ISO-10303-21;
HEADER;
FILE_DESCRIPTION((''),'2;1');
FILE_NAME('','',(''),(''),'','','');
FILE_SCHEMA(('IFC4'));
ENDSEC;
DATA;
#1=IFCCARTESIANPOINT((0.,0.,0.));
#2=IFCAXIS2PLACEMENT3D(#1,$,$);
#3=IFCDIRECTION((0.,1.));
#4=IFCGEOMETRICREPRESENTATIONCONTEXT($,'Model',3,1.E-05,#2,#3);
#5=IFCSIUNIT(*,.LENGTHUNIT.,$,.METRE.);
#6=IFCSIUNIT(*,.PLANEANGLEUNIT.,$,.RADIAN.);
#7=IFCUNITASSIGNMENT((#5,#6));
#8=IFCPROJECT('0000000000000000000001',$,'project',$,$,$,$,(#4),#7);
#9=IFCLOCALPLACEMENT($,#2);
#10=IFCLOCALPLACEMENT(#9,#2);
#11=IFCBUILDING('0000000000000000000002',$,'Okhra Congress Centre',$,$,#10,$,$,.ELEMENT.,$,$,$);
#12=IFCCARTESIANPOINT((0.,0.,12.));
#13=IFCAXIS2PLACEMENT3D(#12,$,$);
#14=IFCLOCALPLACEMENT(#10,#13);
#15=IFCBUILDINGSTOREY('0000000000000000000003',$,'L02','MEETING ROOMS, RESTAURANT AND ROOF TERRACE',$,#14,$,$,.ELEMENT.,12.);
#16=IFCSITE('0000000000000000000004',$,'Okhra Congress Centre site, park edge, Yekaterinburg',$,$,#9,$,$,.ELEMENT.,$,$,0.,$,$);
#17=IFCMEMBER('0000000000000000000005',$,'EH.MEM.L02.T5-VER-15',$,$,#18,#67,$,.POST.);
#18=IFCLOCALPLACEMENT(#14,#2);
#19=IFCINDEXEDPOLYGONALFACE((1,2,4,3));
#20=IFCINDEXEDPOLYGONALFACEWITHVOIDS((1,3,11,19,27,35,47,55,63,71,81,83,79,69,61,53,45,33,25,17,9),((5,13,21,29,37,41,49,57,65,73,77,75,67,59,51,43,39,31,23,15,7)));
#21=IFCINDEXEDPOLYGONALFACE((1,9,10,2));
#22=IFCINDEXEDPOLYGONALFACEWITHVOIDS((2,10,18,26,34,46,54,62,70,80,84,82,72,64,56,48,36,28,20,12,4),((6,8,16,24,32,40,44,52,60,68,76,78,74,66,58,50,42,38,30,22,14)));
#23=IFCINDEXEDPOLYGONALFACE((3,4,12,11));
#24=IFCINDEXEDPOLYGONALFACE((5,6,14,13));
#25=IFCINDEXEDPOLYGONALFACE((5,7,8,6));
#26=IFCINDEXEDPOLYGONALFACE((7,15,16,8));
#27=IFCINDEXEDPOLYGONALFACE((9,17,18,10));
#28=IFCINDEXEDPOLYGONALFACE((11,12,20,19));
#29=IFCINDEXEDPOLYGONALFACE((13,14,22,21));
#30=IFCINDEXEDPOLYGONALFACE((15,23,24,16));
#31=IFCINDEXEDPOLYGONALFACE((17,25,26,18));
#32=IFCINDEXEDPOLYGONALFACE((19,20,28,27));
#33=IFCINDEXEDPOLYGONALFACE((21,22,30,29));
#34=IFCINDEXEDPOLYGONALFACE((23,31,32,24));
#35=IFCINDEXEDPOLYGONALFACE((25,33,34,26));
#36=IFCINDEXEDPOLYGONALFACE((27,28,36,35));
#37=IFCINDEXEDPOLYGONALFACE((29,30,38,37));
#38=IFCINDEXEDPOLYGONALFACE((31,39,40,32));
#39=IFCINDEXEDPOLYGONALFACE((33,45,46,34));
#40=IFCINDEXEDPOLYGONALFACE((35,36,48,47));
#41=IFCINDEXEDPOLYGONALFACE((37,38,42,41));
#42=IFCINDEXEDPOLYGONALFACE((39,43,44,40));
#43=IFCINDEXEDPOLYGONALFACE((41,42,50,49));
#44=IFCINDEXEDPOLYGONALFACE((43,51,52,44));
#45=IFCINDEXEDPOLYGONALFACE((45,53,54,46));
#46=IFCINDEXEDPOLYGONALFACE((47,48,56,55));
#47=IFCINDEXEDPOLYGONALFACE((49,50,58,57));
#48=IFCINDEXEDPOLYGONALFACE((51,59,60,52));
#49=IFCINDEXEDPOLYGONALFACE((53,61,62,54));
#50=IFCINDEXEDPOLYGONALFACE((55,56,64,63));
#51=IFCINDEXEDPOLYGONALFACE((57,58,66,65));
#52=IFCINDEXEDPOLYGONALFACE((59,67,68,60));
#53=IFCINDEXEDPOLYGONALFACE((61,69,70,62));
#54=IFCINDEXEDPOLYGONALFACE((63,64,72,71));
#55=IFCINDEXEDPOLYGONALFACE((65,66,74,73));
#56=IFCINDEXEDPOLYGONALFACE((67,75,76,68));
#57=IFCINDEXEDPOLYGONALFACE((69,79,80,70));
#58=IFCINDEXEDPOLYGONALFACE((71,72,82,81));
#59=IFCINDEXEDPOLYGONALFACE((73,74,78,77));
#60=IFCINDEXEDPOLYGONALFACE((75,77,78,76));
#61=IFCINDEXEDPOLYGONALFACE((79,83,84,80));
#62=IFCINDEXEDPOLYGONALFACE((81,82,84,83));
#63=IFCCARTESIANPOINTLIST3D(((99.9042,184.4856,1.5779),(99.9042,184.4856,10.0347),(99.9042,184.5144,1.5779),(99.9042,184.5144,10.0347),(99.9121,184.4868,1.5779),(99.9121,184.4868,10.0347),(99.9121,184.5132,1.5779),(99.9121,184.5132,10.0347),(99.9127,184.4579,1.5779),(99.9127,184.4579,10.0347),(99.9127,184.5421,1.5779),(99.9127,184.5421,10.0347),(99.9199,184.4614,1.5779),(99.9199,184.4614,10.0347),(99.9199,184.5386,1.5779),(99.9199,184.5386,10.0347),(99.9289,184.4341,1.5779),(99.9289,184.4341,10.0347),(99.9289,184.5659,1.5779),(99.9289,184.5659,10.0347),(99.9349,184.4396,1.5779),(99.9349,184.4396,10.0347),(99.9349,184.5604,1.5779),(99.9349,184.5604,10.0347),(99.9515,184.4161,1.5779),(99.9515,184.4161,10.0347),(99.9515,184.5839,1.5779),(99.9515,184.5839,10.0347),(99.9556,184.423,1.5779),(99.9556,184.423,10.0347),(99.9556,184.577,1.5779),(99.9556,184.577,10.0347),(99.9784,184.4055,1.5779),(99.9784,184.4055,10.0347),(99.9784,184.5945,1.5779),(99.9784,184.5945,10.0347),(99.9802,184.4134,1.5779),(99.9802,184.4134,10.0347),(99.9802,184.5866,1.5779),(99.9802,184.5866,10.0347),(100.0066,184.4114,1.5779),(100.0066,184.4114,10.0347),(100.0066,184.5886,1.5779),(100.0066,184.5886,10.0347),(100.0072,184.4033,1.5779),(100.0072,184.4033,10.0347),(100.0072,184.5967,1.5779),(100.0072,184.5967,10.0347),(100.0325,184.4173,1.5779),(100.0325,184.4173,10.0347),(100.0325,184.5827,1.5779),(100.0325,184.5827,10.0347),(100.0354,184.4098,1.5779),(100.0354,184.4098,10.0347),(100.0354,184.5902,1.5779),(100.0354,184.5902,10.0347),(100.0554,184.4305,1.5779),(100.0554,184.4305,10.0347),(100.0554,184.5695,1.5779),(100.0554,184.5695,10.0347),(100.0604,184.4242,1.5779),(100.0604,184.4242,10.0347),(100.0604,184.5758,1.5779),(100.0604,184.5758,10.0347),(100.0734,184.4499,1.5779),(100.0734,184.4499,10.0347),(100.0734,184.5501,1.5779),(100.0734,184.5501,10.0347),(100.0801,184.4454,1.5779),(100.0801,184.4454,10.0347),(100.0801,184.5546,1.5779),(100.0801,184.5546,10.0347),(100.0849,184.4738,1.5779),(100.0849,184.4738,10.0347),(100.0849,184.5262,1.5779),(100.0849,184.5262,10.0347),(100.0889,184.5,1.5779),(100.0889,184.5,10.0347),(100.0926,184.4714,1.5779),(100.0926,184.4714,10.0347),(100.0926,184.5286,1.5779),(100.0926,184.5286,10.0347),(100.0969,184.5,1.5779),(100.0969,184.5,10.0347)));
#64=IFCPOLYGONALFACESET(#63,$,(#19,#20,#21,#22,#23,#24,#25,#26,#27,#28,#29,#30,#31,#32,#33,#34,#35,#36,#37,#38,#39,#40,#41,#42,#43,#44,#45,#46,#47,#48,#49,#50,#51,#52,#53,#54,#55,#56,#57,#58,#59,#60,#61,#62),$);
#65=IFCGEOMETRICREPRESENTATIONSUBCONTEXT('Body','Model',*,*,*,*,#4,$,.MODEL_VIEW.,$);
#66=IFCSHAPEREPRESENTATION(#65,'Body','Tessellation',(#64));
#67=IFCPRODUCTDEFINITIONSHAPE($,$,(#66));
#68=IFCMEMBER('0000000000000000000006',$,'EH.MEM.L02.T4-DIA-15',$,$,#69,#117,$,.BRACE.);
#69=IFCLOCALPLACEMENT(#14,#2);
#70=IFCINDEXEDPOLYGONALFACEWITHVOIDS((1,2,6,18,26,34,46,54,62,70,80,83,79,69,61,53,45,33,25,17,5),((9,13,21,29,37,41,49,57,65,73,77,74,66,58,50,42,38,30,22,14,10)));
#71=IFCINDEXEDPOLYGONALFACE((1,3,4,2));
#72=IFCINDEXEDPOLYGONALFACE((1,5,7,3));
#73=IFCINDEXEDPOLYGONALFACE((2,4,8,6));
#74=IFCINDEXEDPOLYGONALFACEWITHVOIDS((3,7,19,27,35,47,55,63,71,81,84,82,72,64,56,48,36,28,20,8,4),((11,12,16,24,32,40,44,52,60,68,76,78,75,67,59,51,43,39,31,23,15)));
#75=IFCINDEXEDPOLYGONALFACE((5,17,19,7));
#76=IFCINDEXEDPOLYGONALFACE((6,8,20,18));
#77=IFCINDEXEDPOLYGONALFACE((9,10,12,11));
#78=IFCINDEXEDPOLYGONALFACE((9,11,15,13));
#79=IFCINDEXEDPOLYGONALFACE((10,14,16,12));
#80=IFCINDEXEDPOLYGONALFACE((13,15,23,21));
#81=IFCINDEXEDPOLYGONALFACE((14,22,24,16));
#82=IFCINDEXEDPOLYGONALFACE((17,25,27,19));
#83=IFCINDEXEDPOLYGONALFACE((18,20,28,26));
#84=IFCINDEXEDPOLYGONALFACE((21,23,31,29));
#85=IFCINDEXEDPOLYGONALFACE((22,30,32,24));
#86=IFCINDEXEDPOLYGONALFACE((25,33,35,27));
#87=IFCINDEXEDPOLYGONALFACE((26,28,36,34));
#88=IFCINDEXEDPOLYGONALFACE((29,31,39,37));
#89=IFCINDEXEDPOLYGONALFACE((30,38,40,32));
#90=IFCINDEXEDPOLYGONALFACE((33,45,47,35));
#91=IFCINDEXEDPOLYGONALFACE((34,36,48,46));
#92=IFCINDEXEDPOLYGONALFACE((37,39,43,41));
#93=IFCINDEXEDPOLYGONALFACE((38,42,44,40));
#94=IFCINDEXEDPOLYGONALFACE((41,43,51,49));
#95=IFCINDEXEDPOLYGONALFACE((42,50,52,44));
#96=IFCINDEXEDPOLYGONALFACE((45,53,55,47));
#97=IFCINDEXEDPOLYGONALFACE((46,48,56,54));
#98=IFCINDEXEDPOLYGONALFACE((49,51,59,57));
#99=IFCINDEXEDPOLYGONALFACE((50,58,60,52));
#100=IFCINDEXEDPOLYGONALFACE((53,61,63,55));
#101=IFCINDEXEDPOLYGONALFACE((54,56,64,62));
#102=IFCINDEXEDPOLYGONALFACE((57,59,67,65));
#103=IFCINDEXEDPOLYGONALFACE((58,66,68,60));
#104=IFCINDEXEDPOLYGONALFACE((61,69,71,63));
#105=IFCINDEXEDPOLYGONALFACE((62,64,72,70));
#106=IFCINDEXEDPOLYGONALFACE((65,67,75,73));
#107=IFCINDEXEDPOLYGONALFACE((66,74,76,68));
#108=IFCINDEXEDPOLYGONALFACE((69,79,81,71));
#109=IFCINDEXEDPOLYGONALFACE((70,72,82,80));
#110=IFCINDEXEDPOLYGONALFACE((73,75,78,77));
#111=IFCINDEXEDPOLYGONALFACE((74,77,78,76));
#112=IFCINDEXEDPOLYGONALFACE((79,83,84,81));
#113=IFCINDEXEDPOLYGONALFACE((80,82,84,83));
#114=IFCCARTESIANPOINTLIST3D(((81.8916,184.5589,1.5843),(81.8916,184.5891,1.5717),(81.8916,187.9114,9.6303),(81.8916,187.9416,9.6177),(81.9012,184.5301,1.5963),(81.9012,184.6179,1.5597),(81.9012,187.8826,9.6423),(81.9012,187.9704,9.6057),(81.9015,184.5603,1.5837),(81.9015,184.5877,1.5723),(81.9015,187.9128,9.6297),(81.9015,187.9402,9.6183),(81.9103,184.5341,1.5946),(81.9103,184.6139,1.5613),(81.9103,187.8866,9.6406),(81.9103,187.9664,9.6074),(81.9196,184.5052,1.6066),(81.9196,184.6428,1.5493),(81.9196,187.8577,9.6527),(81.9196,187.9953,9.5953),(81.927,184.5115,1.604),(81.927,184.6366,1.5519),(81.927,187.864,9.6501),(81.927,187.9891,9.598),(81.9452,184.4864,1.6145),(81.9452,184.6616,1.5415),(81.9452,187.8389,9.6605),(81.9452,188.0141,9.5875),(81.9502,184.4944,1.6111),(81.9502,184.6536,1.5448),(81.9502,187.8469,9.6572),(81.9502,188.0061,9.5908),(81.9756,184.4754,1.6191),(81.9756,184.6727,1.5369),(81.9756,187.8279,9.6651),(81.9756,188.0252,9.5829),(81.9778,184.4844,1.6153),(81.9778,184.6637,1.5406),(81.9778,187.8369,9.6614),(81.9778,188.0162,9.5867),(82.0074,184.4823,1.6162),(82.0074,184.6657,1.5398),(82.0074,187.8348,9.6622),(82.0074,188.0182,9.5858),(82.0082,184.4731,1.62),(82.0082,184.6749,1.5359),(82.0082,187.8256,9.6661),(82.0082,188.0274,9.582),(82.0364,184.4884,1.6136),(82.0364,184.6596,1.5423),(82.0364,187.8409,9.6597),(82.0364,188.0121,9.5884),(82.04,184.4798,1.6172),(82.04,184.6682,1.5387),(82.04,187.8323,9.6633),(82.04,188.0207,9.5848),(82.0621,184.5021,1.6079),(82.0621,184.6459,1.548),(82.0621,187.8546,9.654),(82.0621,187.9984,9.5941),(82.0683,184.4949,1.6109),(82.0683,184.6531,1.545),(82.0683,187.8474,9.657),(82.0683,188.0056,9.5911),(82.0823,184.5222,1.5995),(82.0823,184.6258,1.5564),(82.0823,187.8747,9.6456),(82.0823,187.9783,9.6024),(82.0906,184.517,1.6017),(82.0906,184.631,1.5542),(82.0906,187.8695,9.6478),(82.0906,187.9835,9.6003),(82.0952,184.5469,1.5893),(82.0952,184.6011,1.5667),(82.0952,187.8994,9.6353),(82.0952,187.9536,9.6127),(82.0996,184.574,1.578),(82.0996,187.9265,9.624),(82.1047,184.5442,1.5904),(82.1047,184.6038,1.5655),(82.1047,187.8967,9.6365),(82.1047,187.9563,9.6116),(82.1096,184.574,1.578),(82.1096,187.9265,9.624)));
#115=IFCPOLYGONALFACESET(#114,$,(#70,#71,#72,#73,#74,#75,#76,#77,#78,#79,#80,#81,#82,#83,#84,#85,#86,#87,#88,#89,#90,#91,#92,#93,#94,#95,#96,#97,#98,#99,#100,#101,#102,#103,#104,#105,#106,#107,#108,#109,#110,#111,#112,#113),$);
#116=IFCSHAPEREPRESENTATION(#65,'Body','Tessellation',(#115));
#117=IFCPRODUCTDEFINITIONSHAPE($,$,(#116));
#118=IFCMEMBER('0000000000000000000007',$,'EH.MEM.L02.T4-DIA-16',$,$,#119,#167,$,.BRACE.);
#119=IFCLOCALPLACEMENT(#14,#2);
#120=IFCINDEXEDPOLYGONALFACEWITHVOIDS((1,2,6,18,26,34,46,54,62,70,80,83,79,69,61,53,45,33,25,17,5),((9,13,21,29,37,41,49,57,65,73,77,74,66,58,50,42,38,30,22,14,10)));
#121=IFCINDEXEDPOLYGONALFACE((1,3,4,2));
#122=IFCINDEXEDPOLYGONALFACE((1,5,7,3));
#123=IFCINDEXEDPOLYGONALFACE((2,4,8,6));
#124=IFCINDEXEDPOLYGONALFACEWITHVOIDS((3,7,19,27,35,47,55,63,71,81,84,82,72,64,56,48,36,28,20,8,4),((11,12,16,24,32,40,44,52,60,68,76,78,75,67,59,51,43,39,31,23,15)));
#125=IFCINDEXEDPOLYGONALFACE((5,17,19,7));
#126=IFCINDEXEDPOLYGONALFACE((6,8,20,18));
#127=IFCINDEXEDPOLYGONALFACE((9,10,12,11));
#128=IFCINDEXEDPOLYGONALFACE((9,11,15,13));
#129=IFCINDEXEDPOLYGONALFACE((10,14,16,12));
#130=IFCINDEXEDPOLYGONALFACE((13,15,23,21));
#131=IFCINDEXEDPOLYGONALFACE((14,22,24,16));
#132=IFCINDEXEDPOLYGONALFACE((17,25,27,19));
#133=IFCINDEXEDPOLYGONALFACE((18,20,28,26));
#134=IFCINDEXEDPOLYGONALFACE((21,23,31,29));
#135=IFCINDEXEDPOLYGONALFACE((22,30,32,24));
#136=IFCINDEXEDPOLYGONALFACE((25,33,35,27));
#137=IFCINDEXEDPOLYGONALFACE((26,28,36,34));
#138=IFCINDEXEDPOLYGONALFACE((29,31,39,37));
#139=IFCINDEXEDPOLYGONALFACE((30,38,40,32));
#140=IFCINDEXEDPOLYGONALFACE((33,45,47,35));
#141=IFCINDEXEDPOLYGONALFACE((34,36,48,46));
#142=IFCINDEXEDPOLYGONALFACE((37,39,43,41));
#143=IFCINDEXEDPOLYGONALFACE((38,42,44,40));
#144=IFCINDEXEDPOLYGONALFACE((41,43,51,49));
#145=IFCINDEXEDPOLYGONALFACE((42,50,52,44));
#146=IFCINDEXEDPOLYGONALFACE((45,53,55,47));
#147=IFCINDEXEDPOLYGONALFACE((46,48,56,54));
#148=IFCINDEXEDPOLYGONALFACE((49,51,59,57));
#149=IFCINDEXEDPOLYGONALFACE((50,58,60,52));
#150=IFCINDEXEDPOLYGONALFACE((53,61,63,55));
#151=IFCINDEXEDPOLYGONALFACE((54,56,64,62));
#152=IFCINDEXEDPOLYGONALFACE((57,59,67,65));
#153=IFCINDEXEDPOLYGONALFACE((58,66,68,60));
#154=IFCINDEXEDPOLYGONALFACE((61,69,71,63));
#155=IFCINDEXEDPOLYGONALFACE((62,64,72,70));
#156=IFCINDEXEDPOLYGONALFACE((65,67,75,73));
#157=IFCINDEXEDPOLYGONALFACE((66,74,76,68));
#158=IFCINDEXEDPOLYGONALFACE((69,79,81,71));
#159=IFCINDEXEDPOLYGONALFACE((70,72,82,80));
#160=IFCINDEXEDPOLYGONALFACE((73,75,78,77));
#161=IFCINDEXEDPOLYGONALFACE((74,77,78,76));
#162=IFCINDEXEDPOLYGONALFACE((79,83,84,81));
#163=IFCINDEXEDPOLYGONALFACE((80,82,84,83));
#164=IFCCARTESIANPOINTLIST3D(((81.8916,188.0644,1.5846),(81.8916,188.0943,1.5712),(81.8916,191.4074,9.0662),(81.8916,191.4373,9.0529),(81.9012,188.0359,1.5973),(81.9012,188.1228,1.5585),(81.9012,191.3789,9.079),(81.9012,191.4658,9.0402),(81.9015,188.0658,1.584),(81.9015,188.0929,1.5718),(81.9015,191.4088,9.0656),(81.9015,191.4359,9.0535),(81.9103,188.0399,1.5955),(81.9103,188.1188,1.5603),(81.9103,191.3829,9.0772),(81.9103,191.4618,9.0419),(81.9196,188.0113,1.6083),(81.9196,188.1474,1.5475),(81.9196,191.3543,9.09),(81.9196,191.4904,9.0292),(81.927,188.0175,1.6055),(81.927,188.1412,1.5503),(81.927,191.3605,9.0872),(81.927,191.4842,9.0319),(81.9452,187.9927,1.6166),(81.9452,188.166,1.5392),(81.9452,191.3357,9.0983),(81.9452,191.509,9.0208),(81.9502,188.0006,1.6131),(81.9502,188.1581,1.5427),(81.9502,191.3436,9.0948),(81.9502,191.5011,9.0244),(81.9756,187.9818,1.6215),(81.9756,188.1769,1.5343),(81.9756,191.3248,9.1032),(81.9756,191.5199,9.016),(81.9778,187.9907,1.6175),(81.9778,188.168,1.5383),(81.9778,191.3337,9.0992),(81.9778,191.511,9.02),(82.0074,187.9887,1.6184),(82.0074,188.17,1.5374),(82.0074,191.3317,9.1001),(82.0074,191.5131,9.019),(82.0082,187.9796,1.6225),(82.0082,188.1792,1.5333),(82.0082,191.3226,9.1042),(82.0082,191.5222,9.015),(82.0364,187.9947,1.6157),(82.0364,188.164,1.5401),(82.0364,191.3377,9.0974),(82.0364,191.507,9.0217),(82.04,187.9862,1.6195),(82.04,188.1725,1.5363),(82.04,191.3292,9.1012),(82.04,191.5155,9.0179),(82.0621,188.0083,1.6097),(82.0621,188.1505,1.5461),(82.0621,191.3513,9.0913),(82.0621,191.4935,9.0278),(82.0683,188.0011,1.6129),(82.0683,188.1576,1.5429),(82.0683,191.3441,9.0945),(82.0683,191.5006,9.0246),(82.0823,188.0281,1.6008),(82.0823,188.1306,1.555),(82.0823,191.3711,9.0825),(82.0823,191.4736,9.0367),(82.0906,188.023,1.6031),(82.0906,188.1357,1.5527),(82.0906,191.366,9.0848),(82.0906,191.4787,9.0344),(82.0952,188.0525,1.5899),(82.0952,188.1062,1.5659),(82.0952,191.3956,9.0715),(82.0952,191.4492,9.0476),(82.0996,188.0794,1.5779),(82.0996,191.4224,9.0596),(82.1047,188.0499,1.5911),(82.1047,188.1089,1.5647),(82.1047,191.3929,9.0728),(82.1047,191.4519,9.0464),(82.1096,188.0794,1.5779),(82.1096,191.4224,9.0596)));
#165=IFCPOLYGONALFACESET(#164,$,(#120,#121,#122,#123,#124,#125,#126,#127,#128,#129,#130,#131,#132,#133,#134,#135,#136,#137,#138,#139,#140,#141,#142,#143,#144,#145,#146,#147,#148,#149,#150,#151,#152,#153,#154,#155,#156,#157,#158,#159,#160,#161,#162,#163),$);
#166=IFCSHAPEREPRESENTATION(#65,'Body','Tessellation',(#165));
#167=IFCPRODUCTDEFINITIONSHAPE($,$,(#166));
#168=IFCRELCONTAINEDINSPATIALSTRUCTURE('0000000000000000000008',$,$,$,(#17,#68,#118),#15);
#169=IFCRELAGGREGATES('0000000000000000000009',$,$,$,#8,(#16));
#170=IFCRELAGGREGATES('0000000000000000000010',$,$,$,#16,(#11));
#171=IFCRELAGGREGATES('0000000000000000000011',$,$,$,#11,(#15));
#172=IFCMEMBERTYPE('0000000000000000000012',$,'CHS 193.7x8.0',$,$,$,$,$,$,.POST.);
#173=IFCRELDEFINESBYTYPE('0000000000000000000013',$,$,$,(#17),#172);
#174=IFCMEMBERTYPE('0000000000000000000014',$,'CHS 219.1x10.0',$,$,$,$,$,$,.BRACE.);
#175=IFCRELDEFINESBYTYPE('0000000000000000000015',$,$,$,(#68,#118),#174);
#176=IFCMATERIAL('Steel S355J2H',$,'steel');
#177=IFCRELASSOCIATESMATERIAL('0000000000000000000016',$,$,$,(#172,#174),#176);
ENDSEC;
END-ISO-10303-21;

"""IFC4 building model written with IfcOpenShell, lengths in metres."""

from ifc_helpers import new_model, si_unit, direction, frame, origin, origin_2d, place, context, subcontext, project, spatial, hollow_circle, extrude, material, material_profile, profile_set, type_object, element, save


model = new_model("IFC4")

# Units and contexts
model_context = context("Model", 3, precision=1e-05, world=origin(), true_north=direction((0.0, 1.0)))
body_context = subcontext(model_context, "Body", "Model", "MODEL_VIEW")
ifc_project = project(units=[si_unit("LENGTHUNIT", "METRE"), si_unit("PLANEANGLEUNIT", "RADIAN")], contexts=[model_context])

# Site, building, storey
site_placement = place(None, origin())
site = spatial("IfcSite", under=ifc_project, at=site_placement, Name="Okhra Congress Centre site, park edge, Yekaterinburg", CompositionType="ELEMENT", RefElevation=0.0)
building_placement = place(site_placement, origin())
building = spatial("IfcBuilding", under=site, at=building_placement, Name="Okhra Congress Centre", CompositionType="ELEMENT")
storey_placement = place(building_placement, frame((0.0, 0.0, 12.0)))
storey = spatial("IfcBuildingStorey", under=building, at=storey_placement, Name="L02", Description="MEETING ROOMS, RESTAURANT AND ROOF TERRACE", CompositionType="ELEMENT", Elevation=12.0)

# Members
ifc_material_1 = material(Name="Steel S355J2H", Category="steel")
ifc_material_profile_1 = material_profile(ifc_material_1, hollow_circle(Radius=0.0969, WallThickness=0.0081, at=origin_2d()), Name="CHS 193.7x8.0")
ifc_profile_set_1 = profile_set([ifc_material_profile_1], Name="Steel S355J2H")
member_type_1 = type_object("IfcMemberType", Name="CHS 193.7x8.0", PredefinedType="POST", material=ifc_profile_set_1)
member_1_placement = place(storey_placement, frame((100.0, 184.5, 1.5779), z_axis=(0.0, 0.0, 1.0), x_axis=(1.0, 0.0, 0.0)))
element("IfcMember", 1, at=member_1_placement, inside=storey, type_object=member_type_1, Name="EH.MEM.L02.T5-VER-15", PredefinedType="POST", context=body_context, shape_type="SweptSolid", body=[
    extrude(hollow_circle(Radius=0.0969, WallThickness=0.0081, at=origin_2d()), origin(), (0.0, 0.0, 1.0), 8.4568),
])
ifc_material_profile_2 = material_profile(ifc_material_1, hollow_circle(Radius=0.1096, WallThickness=0.01, at=origin_2d()), Name="CHS 219.1x10.0")
ifc_profile_set_2 = profile_set([ifc_material_profile_2], Name="Steel S355J2H")
member_type_2 = type_object("IfcMemberType", Name="CHS 219.1x10.0", PredefinedType="BRACE", material=ifc_profile_set_2)
member_2_placement = place(storey_placement, frame((82.0, 187.9265, 9.624), z_axis=(0.0, -0.384613, -0.923078), x_axis=(1.0, 0.0, 0.0)))
element("IfcMember", 2, at=member_2_placement, inside=storey, type_object=member_type_2, Name="EH.MEM.L02.T4-DIA-15", PredefinedType="BRACE", context=body_context, shape_type="SweptSolid", body=[
    extrude(hollow_circle(Radius=0.1096, WallThickness=0.01, at=origin_2d()), origin(), (0.0, 0.0, 1.0), 8.7166),
])
member_3_placement = place(storey_placement, frame((82.0, 191.4224, 9.0596), z_axis=(0.0, -0.407954, -0.913003), x_axis=(1.0, 0.0, 0.0)))
element("IfcMember", 3, at=member_3_placement, inside=storey, type_object=member_type_2, Name="EH.MEM.L02.T4-DIA-16", PredefinedType="BRACE", context=body_context, shape_type="SweptSolid", body=[
    extrude(hollow_circle(Radius=0.1096, WallThickness=0.01, at=origin_2d()), origin(), (0.0, 0.0, 1.0), 8.1946),
])

save(model, "model.ifc")
